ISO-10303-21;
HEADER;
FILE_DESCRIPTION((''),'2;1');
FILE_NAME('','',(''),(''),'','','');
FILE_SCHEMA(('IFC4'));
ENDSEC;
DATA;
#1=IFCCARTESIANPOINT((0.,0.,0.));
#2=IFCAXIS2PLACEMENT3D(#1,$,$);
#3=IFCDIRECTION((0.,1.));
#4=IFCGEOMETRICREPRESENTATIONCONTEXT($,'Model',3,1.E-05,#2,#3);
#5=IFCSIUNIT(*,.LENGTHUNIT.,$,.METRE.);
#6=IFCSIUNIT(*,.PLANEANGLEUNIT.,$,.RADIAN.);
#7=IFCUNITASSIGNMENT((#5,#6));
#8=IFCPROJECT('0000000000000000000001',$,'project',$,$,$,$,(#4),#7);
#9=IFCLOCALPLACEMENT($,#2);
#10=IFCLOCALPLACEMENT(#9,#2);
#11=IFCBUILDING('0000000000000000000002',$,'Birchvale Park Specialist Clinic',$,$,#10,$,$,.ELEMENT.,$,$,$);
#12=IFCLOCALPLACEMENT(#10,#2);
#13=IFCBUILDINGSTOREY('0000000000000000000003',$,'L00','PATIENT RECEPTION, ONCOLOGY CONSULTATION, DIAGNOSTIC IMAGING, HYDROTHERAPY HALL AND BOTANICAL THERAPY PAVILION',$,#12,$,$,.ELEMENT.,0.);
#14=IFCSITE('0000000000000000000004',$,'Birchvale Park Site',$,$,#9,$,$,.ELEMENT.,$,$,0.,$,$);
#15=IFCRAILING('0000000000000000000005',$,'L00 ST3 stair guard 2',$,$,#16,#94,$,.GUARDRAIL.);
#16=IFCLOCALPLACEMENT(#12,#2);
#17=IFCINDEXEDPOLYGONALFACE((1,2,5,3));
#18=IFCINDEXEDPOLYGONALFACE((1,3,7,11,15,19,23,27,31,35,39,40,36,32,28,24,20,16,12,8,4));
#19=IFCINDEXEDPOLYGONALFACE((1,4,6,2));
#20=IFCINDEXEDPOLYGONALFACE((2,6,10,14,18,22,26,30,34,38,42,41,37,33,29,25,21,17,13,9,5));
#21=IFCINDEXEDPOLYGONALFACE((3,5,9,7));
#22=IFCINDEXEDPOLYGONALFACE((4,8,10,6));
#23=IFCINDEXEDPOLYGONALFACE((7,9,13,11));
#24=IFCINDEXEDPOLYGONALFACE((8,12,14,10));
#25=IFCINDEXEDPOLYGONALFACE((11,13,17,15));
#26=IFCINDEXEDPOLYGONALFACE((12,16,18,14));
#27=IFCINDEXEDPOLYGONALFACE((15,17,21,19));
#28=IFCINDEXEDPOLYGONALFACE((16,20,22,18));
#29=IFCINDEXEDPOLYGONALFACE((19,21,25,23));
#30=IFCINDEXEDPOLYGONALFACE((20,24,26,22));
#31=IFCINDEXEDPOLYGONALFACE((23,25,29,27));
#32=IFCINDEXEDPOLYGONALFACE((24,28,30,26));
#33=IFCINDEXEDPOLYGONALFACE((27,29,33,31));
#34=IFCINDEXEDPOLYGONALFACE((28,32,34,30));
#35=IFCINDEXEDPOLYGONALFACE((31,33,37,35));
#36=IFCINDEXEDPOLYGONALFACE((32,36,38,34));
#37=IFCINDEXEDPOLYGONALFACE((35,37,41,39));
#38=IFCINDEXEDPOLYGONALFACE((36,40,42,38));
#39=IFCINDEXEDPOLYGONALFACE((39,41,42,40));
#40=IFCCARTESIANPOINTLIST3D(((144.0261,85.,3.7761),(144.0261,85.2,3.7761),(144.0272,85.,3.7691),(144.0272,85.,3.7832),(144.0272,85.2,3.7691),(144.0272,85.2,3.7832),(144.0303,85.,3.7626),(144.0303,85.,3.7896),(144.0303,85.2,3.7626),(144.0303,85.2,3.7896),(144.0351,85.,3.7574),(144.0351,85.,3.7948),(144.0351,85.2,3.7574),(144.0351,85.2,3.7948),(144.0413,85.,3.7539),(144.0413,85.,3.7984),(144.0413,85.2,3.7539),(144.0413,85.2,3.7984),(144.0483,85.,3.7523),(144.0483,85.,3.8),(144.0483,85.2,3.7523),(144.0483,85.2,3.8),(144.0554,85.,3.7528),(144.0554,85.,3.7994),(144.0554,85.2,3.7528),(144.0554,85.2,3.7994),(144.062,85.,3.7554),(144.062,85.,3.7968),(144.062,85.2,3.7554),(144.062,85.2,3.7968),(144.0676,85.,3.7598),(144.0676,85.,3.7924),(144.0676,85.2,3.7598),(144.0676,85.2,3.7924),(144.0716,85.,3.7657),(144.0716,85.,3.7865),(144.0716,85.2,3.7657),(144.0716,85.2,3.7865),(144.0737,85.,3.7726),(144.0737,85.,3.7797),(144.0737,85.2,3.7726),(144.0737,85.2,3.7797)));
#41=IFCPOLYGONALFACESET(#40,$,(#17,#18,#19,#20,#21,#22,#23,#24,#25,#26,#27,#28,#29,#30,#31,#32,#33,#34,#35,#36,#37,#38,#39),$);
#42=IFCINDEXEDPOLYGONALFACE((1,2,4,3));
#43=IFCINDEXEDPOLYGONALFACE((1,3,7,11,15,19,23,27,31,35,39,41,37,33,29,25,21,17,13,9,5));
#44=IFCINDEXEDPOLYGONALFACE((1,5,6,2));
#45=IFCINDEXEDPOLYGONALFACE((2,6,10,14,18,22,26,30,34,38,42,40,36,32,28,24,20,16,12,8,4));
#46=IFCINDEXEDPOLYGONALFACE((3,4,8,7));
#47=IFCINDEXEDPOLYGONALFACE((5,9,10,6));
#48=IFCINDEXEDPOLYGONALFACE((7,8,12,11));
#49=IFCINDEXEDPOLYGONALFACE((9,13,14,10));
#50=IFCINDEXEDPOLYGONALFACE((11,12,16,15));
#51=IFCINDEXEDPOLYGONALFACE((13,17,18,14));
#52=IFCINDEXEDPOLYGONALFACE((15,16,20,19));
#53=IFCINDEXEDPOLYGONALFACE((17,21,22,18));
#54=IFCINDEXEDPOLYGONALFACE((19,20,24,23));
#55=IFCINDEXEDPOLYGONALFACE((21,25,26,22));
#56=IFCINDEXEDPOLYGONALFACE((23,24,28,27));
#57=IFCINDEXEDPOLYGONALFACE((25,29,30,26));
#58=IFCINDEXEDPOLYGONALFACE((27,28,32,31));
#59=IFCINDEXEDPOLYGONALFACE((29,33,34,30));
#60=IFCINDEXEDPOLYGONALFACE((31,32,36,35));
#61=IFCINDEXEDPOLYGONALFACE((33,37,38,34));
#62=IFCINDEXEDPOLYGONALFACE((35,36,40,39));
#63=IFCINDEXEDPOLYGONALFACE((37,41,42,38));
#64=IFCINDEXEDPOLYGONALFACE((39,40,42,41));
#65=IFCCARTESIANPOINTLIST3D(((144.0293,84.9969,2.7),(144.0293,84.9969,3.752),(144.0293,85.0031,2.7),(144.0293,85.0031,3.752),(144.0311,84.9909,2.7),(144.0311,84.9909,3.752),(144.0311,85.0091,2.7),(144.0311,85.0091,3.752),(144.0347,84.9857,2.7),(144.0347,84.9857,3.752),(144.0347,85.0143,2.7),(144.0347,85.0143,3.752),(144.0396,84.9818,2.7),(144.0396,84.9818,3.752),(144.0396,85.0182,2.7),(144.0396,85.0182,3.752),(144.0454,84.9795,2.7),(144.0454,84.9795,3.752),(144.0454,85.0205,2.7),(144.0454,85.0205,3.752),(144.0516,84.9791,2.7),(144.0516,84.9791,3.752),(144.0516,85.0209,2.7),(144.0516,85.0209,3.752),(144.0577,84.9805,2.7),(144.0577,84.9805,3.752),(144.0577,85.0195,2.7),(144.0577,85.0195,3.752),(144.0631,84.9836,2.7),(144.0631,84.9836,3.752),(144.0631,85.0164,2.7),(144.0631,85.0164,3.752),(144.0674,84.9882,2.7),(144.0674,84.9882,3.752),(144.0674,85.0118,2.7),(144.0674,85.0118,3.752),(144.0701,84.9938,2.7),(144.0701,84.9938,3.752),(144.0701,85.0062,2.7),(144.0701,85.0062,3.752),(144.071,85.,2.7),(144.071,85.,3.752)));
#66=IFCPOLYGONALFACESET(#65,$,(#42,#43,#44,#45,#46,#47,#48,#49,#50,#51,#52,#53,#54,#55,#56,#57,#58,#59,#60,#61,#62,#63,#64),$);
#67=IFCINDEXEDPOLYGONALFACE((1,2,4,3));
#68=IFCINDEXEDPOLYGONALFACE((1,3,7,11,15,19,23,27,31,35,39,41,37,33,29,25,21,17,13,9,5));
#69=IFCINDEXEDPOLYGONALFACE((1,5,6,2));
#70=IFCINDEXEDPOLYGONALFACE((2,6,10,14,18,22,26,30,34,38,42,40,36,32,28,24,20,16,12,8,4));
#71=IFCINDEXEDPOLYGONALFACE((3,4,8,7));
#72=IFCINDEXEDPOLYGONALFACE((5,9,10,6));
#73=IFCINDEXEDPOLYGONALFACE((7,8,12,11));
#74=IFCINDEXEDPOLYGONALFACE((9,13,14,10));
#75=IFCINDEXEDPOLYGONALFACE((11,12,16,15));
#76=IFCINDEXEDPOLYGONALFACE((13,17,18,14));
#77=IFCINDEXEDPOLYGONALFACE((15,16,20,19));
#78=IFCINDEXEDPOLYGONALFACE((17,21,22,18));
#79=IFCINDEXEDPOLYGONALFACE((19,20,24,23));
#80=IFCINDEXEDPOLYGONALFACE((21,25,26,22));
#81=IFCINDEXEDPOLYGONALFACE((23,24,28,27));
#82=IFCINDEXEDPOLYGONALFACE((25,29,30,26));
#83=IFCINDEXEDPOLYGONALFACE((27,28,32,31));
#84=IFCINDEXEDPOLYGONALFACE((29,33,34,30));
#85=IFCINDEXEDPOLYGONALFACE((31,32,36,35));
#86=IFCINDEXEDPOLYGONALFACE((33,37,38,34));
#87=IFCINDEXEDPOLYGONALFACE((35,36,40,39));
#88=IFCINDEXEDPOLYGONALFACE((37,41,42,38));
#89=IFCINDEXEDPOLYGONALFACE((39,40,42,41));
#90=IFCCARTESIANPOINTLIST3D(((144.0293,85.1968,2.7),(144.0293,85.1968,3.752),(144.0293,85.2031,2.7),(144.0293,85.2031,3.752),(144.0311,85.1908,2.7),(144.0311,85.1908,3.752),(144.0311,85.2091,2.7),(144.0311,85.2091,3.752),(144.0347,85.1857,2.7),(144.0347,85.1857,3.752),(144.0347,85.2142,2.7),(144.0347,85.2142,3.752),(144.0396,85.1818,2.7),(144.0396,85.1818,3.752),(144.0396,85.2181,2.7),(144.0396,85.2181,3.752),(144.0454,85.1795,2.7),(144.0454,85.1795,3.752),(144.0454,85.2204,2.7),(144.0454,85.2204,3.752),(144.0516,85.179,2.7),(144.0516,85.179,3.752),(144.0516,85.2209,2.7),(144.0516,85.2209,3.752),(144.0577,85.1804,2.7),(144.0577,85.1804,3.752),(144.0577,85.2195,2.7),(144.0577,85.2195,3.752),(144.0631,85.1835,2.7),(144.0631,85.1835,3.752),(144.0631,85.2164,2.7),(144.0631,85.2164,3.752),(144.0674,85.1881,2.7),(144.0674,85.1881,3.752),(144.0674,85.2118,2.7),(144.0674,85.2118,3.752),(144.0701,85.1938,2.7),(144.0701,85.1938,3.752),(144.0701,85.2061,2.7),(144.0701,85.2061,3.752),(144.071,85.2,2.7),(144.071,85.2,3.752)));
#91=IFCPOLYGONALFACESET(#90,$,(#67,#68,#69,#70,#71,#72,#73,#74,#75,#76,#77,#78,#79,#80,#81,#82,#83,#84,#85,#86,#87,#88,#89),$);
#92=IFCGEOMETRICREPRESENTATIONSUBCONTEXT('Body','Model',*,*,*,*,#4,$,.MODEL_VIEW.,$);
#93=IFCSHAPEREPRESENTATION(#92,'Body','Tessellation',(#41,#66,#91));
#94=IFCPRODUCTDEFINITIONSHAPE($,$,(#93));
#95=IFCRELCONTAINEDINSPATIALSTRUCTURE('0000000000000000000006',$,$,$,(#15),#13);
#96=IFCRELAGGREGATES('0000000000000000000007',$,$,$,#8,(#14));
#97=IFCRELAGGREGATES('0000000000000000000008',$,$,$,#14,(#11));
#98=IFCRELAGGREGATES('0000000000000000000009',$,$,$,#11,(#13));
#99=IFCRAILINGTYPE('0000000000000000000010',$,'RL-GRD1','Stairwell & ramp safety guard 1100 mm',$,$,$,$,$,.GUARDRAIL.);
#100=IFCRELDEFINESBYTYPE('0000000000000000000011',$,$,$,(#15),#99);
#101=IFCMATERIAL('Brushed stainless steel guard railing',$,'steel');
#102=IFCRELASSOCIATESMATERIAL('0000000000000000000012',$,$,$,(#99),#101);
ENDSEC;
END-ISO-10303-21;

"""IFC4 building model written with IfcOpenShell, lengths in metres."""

from ifc_helpers import new_model, si_unit, direction, frame, origin, origin_2d, place, context, subcontext, project, spatial, circle, extrude, material, type_object, element, save


model = new_model("IFC4")

# Units and contexts
model_context = context("Model", 3, precision=1e-05, world=origin(), true_north=direction((0.0, 1.0)))
body_context = subcontext(model_context, "Body", "Model", "MODEL_VIEW")
ifc_project = project(units=[si_unit("LENGTHUNIT", "METRE"), si_unit("PLANEANGLEUNIT", "RADIAN")], contexts=[model_context])

# Site, building, storey
site_placement = place(None, origin())
site = spatial("IfcSite", under=ifc_project, at=site_placement, Name="Birchvale Park Site", CompositionType="ELEMENT", RefElevation=0.0)
building_placement = place(site_placement, origin())
building = spatial("IfcBuilding", under=site, at=building_placement, Name="Birchvale Park Specialist Clinic", CompositionType="ELEMENT")
storey_placement = place(building_placement, origin())
storey = spatial("IfcBuildingStorey", under=building, at=storey_placement, Name="L00", Description="PATIENT RECEPTION, ONCOLOGY CONSULTATION, DIAGNOSTIC IMAGING, HYDROTHERAPY HALL AND BOTANICAL THERAPY PAVILION", CompositionType="ELEMENT", Elevation=0.0)

# Railing
ifc_material_1 = material(Name="Brushed stainless steel guard railing", Category="steel")
railing_type_1 = type_object("IfcRailingType", Name="RL-GRD1", Description="Stairwell & ramp safety guard 1100 mm", PredefinedType="GUARDRAIL", material=ifc_material_1)
railing_1_placement = place(storey_placement, frame((144.05, 85.0, 2.7)))
element("IfcRailing", 1, at=railing_1_placement, inside=storey, type_object=railing_type_1, Name="L00 ST3 stair guard 2", PredefinedType="GUARDRAIL", context=body_context, shape_type="SweptSolid", body=[
    extrude(circle(Radius=0.0239, at=origin_2d()), frame((0.0, 0.0, 1.0762), z_axis=(0.0, 1.0, 0.0), x_axis=(-1.0, 0.0, 0.0)), (0.0, 0.0, 1.0), 0.2),
    extrude(circle(Radius=0.021, at=origin_2d()), origin(), (0.0, 0.0, 1.0), 1.052),
    extrude(circle(Radius=0.021, at=origin_2d()), frame((0.0, 0.2, 0.0)), (0.0, 0.0, 1.0), 1.052),
])

save(model, "model.ifc")
